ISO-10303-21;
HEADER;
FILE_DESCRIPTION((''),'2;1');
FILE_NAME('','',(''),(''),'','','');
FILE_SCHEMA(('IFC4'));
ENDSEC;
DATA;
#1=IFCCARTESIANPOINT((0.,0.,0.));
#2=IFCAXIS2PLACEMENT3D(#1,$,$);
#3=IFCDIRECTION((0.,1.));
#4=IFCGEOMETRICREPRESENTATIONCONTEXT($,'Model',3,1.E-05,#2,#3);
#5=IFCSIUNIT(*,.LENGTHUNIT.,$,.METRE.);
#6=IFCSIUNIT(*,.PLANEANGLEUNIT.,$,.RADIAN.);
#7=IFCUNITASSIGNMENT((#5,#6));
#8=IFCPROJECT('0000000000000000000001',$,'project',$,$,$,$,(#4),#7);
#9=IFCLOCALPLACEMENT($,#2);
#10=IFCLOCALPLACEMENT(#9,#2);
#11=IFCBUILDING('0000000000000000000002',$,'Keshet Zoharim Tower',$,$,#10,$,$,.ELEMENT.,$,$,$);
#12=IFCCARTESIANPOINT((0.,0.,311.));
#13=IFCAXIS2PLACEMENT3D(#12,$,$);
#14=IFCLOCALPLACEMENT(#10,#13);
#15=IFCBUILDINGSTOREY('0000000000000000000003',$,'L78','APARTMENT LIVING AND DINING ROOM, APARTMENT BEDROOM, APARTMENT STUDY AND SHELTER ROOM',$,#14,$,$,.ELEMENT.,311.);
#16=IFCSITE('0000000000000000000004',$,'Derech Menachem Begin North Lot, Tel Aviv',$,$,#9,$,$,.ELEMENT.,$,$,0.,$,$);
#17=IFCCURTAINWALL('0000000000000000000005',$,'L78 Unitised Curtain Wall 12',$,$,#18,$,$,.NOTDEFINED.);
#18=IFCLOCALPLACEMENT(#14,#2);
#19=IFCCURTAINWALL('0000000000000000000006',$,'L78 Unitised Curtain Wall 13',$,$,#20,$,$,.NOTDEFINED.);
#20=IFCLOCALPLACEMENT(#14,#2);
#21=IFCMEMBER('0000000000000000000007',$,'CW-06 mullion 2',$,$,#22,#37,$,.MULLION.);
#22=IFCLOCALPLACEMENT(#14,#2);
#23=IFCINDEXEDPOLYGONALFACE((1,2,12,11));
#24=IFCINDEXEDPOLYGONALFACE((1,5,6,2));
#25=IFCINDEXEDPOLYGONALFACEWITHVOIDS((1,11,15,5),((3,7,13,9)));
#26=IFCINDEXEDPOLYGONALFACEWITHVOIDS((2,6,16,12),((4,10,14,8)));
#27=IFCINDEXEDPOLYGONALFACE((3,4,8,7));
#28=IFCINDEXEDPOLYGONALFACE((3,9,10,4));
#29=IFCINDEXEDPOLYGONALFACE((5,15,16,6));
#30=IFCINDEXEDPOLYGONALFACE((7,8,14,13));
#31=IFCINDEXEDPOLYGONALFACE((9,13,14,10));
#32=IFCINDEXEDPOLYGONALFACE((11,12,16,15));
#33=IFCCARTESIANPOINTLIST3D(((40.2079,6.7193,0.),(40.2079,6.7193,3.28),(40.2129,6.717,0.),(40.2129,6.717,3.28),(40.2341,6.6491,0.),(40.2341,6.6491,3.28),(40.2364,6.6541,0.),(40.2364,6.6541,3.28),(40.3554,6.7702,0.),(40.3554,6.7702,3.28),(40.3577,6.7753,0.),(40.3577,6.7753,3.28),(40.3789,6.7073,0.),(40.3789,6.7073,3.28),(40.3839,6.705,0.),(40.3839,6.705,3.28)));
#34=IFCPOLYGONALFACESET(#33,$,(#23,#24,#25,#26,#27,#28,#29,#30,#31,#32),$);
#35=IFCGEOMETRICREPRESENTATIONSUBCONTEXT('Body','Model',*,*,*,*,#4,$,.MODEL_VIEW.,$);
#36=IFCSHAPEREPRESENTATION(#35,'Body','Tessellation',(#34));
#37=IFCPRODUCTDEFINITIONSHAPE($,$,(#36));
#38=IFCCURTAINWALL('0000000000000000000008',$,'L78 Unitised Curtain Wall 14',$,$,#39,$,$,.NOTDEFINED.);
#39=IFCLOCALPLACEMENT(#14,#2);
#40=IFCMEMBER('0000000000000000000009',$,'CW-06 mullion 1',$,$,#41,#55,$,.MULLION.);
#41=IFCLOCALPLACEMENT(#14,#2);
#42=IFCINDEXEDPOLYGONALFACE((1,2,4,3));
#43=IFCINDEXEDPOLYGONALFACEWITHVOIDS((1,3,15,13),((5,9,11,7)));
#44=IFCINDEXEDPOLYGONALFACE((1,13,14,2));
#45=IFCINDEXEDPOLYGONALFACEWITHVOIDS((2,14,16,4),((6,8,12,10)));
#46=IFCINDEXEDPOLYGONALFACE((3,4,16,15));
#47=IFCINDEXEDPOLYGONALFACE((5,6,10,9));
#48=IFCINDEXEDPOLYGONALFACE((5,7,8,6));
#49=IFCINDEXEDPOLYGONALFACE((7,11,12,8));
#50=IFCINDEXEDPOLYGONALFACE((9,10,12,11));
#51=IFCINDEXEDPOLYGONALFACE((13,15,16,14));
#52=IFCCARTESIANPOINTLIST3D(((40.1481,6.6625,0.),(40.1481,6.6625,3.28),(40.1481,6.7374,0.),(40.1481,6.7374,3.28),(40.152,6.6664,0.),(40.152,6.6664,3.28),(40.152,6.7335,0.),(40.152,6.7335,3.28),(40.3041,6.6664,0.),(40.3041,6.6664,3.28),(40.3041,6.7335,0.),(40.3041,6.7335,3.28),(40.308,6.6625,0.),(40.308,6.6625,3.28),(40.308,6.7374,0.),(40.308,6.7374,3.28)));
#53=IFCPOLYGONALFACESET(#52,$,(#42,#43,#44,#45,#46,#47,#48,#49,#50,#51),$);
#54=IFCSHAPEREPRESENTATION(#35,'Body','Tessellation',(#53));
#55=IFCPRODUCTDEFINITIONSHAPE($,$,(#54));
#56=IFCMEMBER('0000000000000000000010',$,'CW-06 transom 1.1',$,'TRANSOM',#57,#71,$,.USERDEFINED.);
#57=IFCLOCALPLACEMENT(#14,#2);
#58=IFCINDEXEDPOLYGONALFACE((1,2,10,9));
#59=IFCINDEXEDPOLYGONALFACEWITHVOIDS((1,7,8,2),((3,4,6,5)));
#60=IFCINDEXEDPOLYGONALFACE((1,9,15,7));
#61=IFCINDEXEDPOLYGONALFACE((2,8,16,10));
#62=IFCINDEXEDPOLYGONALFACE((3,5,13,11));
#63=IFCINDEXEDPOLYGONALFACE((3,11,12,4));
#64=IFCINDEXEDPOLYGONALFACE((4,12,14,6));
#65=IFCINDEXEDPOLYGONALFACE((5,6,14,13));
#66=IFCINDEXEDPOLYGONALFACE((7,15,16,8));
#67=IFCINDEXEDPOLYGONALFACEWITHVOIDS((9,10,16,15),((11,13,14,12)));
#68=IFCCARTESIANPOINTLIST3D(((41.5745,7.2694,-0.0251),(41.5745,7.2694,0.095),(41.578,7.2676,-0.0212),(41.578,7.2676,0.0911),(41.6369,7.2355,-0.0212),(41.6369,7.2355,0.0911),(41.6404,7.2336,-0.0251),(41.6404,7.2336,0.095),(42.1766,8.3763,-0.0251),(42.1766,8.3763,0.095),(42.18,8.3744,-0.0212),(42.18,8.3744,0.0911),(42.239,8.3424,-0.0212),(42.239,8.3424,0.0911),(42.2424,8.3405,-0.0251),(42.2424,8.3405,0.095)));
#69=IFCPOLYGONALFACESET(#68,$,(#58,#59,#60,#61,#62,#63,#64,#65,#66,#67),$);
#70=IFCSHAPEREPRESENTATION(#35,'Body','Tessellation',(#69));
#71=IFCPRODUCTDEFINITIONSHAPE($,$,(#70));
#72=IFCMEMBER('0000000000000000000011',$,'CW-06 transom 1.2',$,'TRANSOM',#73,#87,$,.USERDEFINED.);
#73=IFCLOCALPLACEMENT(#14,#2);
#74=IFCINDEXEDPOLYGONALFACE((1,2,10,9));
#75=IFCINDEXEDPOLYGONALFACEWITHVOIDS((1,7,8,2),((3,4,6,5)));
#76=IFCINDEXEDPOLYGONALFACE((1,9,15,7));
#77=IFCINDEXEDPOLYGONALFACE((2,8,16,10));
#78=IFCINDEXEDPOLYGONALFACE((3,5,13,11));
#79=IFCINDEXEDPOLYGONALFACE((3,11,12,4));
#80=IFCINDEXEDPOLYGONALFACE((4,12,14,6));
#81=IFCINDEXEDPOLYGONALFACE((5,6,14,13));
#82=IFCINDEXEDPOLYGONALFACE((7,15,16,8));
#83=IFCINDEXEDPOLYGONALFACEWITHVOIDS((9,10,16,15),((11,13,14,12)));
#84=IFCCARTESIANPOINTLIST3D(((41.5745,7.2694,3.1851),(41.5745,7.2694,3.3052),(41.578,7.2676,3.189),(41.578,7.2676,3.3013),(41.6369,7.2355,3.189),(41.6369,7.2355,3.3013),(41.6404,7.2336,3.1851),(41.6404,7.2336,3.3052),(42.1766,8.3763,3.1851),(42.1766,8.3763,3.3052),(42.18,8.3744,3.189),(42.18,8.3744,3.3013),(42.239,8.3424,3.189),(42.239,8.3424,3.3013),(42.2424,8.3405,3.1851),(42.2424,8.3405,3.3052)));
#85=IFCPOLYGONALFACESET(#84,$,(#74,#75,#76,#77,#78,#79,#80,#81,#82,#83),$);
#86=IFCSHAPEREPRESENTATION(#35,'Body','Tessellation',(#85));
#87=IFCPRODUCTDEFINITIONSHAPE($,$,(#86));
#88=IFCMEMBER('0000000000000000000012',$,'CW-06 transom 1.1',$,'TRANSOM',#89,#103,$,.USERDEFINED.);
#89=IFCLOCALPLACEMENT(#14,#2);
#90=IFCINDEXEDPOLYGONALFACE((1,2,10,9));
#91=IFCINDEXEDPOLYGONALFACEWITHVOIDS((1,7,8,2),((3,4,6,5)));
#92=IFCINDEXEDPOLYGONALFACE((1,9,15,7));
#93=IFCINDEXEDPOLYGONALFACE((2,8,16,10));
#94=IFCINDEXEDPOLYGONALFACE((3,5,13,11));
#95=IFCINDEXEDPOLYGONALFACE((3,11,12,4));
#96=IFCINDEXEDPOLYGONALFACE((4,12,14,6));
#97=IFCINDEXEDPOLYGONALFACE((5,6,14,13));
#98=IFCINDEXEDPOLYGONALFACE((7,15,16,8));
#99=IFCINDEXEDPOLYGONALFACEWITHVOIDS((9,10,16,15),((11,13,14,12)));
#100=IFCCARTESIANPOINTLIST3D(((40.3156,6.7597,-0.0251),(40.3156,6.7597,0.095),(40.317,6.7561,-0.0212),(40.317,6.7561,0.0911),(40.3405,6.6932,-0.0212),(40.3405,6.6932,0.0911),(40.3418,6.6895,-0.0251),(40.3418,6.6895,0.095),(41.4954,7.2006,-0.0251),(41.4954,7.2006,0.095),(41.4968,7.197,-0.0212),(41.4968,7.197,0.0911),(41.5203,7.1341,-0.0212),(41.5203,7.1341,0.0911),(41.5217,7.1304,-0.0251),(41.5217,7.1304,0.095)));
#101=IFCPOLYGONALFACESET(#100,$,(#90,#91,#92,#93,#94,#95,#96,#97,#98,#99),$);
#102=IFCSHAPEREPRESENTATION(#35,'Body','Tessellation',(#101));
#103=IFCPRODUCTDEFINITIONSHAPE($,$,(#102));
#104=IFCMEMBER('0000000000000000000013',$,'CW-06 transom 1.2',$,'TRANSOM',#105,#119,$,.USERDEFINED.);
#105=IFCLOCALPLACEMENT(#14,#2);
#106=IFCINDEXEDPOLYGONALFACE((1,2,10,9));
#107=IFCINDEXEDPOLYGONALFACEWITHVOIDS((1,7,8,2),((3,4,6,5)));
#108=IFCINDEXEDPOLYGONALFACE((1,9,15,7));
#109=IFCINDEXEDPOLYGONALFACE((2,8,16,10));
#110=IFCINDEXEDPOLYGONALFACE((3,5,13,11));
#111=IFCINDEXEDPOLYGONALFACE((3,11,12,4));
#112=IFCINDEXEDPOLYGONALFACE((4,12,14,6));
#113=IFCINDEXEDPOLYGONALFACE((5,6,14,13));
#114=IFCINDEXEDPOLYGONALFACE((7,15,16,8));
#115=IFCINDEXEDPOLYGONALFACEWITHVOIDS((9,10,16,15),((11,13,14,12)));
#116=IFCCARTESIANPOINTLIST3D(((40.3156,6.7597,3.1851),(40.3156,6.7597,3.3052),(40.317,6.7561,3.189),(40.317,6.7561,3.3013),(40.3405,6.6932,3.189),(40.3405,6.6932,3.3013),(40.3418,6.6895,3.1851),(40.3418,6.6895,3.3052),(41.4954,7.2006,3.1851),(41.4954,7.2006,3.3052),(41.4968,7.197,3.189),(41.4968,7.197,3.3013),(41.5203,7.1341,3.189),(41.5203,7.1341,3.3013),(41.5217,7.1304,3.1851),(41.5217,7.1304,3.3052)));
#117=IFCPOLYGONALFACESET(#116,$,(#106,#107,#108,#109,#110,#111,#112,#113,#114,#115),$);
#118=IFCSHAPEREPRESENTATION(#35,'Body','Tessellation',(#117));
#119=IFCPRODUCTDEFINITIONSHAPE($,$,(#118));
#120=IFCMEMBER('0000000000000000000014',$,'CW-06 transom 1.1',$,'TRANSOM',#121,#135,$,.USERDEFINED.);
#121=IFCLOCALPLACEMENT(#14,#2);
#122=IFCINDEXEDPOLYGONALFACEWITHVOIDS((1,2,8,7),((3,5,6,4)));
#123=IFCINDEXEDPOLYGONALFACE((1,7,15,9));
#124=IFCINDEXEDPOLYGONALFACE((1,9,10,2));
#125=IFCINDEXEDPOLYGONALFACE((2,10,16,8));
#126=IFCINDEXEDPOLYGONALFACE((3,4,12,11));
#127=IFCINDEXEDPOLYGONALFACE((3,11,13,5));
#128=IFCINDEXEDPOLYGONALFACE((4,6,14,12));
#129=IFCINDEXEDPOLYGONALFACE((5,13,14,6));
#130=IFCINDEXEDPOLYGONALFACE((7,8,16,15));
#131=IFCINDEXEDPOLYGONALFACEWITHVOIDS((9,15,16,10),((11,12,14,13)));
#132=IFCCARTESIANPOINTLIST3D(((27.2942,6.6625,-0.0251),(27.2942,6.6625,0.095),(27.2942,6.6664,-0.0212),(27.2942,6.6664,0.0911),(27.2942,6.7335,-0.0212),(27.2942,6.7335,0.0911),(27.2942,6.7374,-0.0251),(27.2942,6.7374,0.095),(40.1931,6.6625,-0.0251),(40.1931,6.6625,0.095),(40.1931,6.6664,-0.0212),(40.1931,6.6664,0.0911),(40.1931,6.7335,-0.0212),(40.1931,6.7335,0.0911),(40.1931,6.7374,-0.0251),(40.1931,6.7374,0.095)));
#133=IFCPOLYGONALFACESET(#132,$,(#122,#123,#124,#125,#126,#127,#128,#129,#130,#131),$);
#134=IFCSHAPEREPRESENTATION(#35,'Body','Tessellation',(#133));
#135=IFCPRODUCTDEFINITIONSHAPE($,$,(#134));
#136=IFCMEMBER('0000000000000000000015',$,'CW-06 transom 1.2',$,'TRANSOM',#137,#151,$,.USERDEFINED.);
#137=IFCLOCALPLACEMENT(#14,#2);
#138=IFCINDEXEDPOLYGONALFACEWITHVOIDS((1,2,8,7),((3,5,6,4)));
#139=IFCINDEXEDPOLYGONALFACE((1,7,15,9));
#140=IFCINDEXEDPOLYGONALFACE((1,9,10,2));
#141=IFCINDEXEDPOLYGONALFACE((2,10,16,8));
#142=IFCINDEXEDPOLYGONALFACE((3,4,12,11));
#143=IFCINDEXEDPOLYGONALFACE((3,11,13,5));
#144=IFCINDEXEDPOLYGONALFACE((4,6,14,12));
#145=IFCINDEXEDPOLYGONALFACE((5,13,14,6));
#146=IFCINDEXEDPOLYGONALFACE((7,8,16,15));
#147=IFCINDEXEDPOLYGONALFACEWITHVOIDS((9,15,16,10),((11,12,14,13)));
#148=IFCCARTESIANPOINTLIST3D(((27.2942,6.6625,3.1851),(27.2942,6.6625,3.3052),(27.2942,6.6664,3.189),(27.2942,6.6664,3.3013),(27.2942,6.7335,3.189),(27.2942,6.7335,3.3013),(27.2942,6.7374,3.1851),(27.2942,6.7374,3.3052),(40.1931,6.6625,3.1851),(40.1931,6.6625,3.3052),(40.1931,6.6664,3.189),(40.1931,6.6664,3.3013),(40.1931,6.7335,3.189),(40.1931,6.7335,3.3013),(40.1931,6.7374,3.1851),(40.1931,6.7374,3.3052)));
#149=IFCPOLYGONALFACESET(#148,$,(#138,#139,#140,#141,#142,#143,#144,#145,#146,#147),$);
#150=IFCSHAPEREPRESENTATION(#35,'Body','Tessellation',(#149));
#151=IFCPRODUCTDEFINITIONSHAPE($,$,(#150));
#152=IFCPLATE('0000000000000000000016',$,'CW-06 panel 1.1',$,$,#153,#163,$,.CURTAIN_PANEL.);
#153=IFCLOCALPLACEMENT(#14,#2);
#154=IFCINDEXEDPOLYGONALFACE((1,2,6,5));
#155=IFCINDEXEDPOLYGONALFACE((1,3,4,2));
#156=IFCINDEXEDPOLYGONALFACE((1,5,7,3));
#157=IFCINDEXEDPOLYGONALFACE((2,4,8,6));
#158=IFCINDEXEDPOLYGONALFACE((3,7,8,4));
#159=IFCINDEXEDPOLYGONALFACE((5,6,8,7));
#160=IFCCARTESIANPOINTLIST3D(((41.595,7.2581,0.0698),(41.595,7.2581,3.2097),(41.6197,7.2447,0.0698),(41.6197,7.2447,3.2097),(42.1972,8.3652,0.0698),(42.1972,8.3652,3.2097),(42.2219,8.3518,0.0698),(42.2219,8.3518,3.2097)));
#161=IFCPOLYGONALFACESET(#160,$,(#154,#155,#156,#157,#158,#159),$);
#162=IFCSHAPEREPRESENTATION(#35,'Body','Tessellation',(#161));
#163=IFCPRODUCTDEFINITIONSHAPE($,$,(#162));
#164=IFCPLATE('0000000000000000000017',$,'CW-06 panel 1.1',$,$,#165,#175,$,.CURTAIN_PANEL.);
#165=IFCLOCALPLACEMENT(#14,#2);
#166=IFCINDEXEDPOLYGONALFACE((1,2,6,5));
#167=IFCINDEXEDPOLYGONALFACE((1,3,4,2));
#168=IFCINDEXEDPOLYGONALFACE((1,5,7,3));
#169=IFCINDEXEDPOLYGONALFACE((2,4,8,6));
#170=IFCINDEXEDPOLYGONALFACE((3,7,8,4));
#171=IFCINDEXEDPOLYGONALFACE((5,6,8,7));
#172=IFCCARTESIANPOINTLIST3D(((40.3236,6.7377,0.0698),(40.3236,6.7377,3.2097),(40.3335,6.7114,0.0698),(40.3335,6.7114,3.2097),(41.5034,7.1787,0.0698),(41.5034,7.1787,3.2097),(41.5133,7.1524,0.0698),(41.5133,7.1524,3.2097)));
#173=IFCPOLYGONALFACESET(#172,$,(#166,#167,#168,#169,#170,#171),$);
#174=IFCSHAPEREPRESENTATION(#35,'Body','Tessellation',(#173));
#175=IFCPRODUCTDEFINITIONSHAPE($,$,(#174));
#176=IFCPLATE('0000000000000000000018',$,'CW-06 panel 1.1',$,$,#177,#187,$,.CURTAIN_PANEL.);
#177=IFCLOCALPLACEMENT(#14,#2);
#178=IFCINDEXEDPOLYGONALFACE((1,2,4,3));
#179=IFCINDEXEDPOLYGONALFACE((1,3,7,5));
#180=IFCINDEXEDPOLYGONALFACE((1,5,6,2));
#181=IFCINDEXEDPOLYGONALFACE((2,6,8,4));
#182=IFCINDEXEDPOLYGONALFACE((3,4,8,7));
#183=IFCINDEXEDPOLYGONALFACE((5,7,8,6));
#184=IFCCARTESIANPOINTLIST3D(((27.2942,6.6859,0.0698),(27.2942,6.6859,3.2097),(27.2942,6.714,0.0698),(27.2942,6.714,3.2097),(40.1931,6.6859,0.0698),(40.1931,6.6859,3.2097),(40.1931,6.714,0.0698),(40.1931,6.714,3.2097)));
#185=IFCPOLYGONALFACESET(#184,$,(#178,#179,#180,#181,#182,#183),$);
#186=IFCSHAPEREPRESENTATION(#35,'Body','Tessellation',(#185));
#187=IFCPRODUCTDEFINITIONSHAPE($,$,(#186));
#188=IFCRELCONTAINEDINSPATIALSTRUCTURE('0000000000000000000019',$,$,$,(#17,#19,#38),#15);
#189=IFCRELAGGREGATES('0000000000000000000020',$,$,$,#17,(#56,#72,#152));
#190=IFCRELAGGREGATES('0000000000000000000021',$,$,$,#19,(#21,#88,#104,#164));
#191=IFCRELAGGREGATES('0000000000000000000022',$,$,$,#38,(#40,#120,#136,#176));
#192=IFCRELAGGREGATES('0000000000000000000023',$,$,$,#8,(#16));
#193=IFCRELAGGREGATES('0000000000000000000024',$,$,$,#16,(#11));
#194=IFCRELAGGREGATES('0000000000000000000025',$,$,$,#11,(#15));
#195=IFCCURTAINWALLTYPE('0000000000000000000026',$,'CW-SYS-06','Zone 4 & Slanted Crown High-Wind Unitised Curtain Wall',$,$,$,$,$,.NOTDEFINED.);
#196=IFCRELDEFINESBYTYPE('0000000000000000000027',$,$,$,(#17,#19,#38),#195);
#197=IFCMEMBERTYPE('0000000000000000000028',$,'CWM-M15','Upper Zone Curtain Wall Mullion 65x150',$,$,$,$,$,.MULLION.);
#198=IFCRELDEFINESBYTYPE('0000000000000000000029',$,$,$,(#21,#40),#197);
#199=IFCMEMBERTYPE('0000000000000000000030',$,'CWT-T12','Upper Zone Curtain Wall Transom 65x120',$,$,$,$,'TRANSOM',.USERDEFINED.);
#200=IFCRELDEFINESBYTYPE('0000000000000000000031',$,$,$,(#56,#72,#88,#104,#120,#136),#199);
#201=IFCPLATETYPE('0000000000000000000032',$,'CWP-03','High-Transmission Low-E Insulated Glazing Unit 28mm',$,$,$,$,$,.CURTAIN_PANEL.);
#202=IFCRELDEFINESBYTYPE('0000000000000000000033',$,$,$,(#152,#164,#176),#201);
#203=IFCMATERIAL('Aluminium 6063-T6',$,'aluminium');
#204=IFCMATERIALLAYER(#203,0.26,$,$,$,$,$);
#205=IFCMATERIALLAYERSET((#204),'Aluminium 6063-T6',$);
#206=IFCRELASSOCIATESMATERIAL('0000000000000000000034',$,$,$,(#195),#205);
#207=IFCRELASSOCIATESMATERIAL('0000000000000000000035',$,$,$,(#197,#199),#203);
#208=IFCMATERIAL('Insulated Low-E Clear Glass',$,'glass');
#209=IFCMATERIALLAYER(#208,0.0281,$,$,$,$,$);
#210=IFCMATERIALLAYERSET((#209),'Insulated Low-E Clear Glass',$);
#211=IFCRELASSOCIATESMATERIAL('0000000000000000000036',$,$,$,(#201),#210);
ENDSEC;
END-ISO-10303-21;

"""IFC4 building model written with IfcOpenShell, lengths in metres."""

from ifc_helpers import new_model, si_unit, direction, frame, origin, origin_2d, place, context, subcontext, project, spatial, rectangle, hollow_rectangle, extrude, material, layer, layer_set, material_profile, profile_set, type_object, element, aggregate, save


model = new_model("IFC4")

# Units and contexts
model_context = context("Model", 3, precision=1e-05, world=origin(), true_north=direction((0.0, 1.0)))
body_context = subcontext(model_context, "Body", "Model", "MODEL_VIEW")
ifc_project = project(units=[si_unit("LENGTHUNIT", "METRE"), si_unit("PLANEANGLEUNIT", "RADIAN")], contexts=[model_context])

# Site, building, storey
site_placement = place(None, origin())
site = spatial("IfcSite", under=ifc_project, at=site_placement, Name="Derech Menachem Begin North Lot, Tel Aviv", CompositionType="ELEMENT", RefElevation=0.0)
building_placement = place(site_placement, origin())
building = spatial("IfcBuilding", under=site, at=building_placement, Name="Keshet Zoharim Tower", CompositionType="ELEMENT")
storey_placement = place(building_placement, frame((0.0, 0.0, 311.0)))
storey = spatial("IfcBuildingStorey", under=building, at=storey_placement, Name="L78", Description="APARTMENT LIVING AND DINING ROOM, APARTMENT BEDROOM, APARTMENT STUDY AND SHELTER ROOM", CompositionType="ELEMENT", Elevation=311.0)

# Shared definitions
ifc_material_1 = material(Name="Aluminium 6063-T6", Category="aluminium")
ifc_layer_1 = layer(ifc_material_1, 0.26)
ifc_layer_set_1 = layer_set([ifc_layer_1], Name="Aluminium 6063-T6")
curtain_wall_type = type_object("IfcCurtainWallType", Name="CW-SYS-06", Description="Zone 4 & Slanted Crown High-Wind Unitised Curtain Wall", PredefinedType="NOTDEFINED", material=ifc_layer_set_1)
ifc_material_profile_1 = material_profile(ifc_material_1, hollow_rectangle(XDim=0.075, YDim=0.1599, WallThickness=0.0039, at=origin_2d()), Name="MUL-75x160")
ifc_profile_set_1 = profile_set([ifc_material_profile_1], Name="Aluminium 6063-T6")
member_type_1 = type_object("IfcMemberType", Name="CWM-M15", Description="Upper Zone Curtain Wall Mullion 65x150", PredefinedType="MULLION", material=ifc_profile_set_1)

# Curtain walls, member
curtain_wall_1_placement = place(storey_placement, origin())
curtain_wall_1 = element("IfcCurtainWall", 1, at=curtain_wall_1_placement, inside=storey, type_object=curtain_wall_type, Name="L78 Unitised Curtain Wall 12", PredefinedType="NOTDEFINED")
curtain_wall_2_placement = place(storey_placement, origin())
curtain_wall_2 = element("IfcCurtainWall", 2, at=curtain_wall_2_placement, inside=storey, type_object=curtain_wall_type, Name="L78 Unitised Curtain Wall 13", PredefinedType="NOTDEFINED")
member_1_placement = place(storey_placement, frame((40.2959, 6.7122, 0.0), z_axis=(0.0, 0.0, 1.0), x_axis=(0.350105, -0.93671, 0.0)))
member_1 = element("IfcMember", 3, at=member_1_placement, type_object=member_type_1, Name="CW-06 mullion 2", PredefinedType="MULLION", context=body_context, shape_type="SweptSolid", body=[
    extrude(hollow_rectangle(XDim=0.075, YDim=0.1599, WallThickness=0.0039, at=origin_2d()), origin(), (0.0, 0.0, 1.0), 3.28),
])

# Curtain wall, member
curtain_wall_3_placement = place(storey_placement, origin())
curtain_wall_3 = element("IfcCurtainWall", 4, at=curtain_wall_3_placement, inside=storey, type_object=curtain_wall_type, Name="L78 Unitised Curtain Wall 14", PredefinedType="NOTDEFINED")
member_2_placement = place(storey_placement, frame((40.228, 6.7, 0.0), z_axis=(0.0, 0.0, 1.0), x_axis=(0.0, -1.0, 0.0)))
member_2 = element("IfcMember", 5, at=member_2_placement, type_object=member_type_1, Name="CW-06 mullion 1", PredefinedType="MULLION", context=body_context, shape_type="SweptSolid", body=[
    extrude(hollow_rectangle(XDim=0.075, YDim=0.1599, WallThickness=0.0039, at=origin_2d()), origin(), (0.0, 0.0, 1.0), 3.28),
])

# Members
ifc_material_profile_2 = material_profile(ifc_material_1, hollow_rectangle(XDim=0.075, YDim=0.1201, WallThickness=0.0039, at=origin_2d()), Name="TRN-75x120")
ifc_profile_set_2 = profile_set([ifc_material_profile_2], Name="Aluminium 6063-T6")
member_type_2 = type_object("IfcMemberType", Name="CWT-T12", Description="Upper Zone Curtain Wall Transom 65x120", ElementType="TRANSOM", PredefinedType="USERDEFINED", material=ifc_profile_set_2)
member_3_placement = place(storey_placement, frame((42.2095, 8.3584, 0.0349), z_axis=(-0.477793, -0.878472, 0.0), x_axis=(0.878472, -0.477793, 0.0)))
member_3 = element("IfcMember", 6, at=member_3_placement, type_object=member_type_2, Name="CW-06 transom 1.1", ObjectType="TRANSOM", PredefinedType="USERDEFINED", context=body_context, shape_type="SweptSolid", body=[
    extrude(hollow_rectangle(XDim=0.075, YDim=0.1201, WallThickness=0.0039, at=origin_2d()), origin(), (0.0, 0.0, 1.0), 1.26),
])
member_4_placement = place(storey_placement, frame((42.2095, 8.3584, 3.2451), z_axis=(-0.477793, -0.878472, 0.0), x_axis=(0.878472, -0.477793, 0.0)))
member_4 = element("IfcMember", 7, at=member_4_placement, type_object=member_type_2, Name="CW-06 transom 1.2", ObjectType="TRANSOM", PredefinedType="USERDEFINED", context=body_context, shape_type="SweptSolid", body=[
    extrude(hollow_rectangle(XDim=0.075, YDim=0.1201, WallThickness=0.0039, at=origin_2d()), origin(), (0.0, 0.0, 1.0), 1.26),
])
member_5_placement = place(storey_placement, frame((41.5085, 7.1655, 0.0349), z_axis=(-0.936735, -0.35004, 0.0), x_axis=(0.35004, -0.936735, 0.0)))
member_5 = element("IfcMember", 8, at=member_5_placement, type_object=member_type_2, Name="CW-06 transom 1.1", ObjectType="TRANSOM", PredefinedType="USERDEFINED", context=body_context, shape_type="SweptSolid", body=[
    extrude(hollow_rectangle(XDim=0.075, YDim=0.1201, WallThickness=0.0039, at=origin_2d()), origin(), (0.0, 0.0, 1.0), 1.2595),
])
member_6_placement = place(storey_placement, frame((41.5085, 7.1655, 3.2451), z_axis=(-0.936735, -0.35004, 0.0), x_axis=(0.35004, -0.936735, 0.0)))
member_6 = element("IfcMember", 9, at=member_6_placement, type_object=member_type_2, Name="CW-06 transom 1.2", ObjectType="TRANSOM", PredefinedType="USERDEFINED", context=body_context, shape_type="SweptSolid", body=[
    extrude(hollow_rectangle(XDim=0.075, YDim=0.1201, WallThickness=0.0039, at=origin_2d()), origin(), (0.0, 0.0, 1.0), 1.2595),
])
member_7_placement = place(storey_placement, frame((40.1931, 6.7, 0.0349), z_axis=(-1.0, 0.0, 0.0), x_axis=(0.0, -1.0, 0.0)))
member_7 = element("IfcMember", 10, at=member_7_placement, type_object=member_type_2, Name="CW-06 transom 1.1", ObjectType="TRANSOM", PredefinedType="USERDEFINED", context=body_context, shape_type="SweptSolid", body=[
    extrude(hollow_rectangle(XDim=0.075, YDim=0.1201, WallThickness=0.0039, at=origin_2d()), origin(), (0.0, 0.0, 1.0), 12.8989),
])
member_8_placement = place(storey_placement, frame((40.1931, 6.7, 3.2451), z_axis=(-1.0, 0.0, 0.0), x_axis=(0.0, -1.0, 0.0)))
member_8 = element("IfcMember", 11, at=member_8_placement, type_object=member_type_2, Name="CW-06 transom 1.2", ObjectType="TRANSOM", PredefinedType="USERDEFINED", context=body_context, shape_type="SweptSolid", body=[
    extrude(hollow_rectangle(XDim=0.075, YDim=0.1201, WallThickness=0.0039, at=origin_2d()), origin(), (0.0, 0.0, 1.0), 12.8989),
])

# Plates
ifc_material_2 = material(Name="Insulated Low-E Clear Glass", Category="glass")
ifc_layer_2 = layer(ifc_material_2, 0.0281)
ifc_layer_set_2 = layer_set([ifc_layer_2], Name="Insulated Low-E Clear Glass")
plate_type = type_object("IfcPlateType", Name="CWP-03", Description="High-Transmission Low-E Insulated Glazing Unit 28mm", PredefinedType="CURTAIN_PANEL", material=ifc_layer_set_2)
plate_1_placement = place(storey_placement, frame((41.9084, 7.8049, 0.0698), z_axis=(0.0, 0.0, 1.0), x_axis=(-0.477801, -0.878468, 0.0)))
plate_1 = element("IfcPlate", 12, at=plate_1_placement, type_object=plate_type, Name="CW-06 panel 1.1", PredefinedType="CURTAIN_PANEL", context=body_context, shape_type="SweptSolid", body=[
    extrude(rectangle(XDim=1.2603, YDim=0.0281, at=origin_2d()), origin(), (0.0, 0.0, 1.0), 3.1399),
])
aggregate(curtain_wall_1, [member_3, member_4, plate_1])
plate_2_placement = place(storey_placement, frame((40.9185, 6.9451, 0.0698), z_axis=(0.0, 0.0, 1.0), x_axis=(-0.93671, -0.350105, 0.0)))
plate_2 = element("IfcPlate", 13, at=plate_2_placement, type_object=plate_type, Name="CW-06 panel 1.1", PredefinedType="CURTAIN_PANEL", context=body_context, shape_type="SweptSolid", body=[
    extrude(rectangle(XDim=1.2595, YDim=0.0281, at=origin_2d()), origin(), (0.0, 0.0, 1.0), 3.1399),
])
aggregate(curtain_wall_2, [member_1, member_5, member_6, plate_2])
plate_3_placement = place(storey_placement, frame((33.7437, 6.7, 0.0698), z_axis=(0.0, 0.0, 1.0), x_axis=(-1.0, 0.0, 0.0)))
plate_3 = element("IfcPlate", 14, at=plate_3_placement, type_object=plate_type, Name="CW-06 panel 1.1", PredefinedType="CURTAIN_PANEL", context=body_context, shape_type="SweptSolid", body=[
    extrude(rectangle(XDim=12.8989, YDim=0.0281, at=origin_2d()), origin(), (0.0, 0.0, 1.0), 3.1399),
])
aggregate(curtain_wall_3, [member_2, member_7, member_8, plate_3])

save(model, "model.ifc")
